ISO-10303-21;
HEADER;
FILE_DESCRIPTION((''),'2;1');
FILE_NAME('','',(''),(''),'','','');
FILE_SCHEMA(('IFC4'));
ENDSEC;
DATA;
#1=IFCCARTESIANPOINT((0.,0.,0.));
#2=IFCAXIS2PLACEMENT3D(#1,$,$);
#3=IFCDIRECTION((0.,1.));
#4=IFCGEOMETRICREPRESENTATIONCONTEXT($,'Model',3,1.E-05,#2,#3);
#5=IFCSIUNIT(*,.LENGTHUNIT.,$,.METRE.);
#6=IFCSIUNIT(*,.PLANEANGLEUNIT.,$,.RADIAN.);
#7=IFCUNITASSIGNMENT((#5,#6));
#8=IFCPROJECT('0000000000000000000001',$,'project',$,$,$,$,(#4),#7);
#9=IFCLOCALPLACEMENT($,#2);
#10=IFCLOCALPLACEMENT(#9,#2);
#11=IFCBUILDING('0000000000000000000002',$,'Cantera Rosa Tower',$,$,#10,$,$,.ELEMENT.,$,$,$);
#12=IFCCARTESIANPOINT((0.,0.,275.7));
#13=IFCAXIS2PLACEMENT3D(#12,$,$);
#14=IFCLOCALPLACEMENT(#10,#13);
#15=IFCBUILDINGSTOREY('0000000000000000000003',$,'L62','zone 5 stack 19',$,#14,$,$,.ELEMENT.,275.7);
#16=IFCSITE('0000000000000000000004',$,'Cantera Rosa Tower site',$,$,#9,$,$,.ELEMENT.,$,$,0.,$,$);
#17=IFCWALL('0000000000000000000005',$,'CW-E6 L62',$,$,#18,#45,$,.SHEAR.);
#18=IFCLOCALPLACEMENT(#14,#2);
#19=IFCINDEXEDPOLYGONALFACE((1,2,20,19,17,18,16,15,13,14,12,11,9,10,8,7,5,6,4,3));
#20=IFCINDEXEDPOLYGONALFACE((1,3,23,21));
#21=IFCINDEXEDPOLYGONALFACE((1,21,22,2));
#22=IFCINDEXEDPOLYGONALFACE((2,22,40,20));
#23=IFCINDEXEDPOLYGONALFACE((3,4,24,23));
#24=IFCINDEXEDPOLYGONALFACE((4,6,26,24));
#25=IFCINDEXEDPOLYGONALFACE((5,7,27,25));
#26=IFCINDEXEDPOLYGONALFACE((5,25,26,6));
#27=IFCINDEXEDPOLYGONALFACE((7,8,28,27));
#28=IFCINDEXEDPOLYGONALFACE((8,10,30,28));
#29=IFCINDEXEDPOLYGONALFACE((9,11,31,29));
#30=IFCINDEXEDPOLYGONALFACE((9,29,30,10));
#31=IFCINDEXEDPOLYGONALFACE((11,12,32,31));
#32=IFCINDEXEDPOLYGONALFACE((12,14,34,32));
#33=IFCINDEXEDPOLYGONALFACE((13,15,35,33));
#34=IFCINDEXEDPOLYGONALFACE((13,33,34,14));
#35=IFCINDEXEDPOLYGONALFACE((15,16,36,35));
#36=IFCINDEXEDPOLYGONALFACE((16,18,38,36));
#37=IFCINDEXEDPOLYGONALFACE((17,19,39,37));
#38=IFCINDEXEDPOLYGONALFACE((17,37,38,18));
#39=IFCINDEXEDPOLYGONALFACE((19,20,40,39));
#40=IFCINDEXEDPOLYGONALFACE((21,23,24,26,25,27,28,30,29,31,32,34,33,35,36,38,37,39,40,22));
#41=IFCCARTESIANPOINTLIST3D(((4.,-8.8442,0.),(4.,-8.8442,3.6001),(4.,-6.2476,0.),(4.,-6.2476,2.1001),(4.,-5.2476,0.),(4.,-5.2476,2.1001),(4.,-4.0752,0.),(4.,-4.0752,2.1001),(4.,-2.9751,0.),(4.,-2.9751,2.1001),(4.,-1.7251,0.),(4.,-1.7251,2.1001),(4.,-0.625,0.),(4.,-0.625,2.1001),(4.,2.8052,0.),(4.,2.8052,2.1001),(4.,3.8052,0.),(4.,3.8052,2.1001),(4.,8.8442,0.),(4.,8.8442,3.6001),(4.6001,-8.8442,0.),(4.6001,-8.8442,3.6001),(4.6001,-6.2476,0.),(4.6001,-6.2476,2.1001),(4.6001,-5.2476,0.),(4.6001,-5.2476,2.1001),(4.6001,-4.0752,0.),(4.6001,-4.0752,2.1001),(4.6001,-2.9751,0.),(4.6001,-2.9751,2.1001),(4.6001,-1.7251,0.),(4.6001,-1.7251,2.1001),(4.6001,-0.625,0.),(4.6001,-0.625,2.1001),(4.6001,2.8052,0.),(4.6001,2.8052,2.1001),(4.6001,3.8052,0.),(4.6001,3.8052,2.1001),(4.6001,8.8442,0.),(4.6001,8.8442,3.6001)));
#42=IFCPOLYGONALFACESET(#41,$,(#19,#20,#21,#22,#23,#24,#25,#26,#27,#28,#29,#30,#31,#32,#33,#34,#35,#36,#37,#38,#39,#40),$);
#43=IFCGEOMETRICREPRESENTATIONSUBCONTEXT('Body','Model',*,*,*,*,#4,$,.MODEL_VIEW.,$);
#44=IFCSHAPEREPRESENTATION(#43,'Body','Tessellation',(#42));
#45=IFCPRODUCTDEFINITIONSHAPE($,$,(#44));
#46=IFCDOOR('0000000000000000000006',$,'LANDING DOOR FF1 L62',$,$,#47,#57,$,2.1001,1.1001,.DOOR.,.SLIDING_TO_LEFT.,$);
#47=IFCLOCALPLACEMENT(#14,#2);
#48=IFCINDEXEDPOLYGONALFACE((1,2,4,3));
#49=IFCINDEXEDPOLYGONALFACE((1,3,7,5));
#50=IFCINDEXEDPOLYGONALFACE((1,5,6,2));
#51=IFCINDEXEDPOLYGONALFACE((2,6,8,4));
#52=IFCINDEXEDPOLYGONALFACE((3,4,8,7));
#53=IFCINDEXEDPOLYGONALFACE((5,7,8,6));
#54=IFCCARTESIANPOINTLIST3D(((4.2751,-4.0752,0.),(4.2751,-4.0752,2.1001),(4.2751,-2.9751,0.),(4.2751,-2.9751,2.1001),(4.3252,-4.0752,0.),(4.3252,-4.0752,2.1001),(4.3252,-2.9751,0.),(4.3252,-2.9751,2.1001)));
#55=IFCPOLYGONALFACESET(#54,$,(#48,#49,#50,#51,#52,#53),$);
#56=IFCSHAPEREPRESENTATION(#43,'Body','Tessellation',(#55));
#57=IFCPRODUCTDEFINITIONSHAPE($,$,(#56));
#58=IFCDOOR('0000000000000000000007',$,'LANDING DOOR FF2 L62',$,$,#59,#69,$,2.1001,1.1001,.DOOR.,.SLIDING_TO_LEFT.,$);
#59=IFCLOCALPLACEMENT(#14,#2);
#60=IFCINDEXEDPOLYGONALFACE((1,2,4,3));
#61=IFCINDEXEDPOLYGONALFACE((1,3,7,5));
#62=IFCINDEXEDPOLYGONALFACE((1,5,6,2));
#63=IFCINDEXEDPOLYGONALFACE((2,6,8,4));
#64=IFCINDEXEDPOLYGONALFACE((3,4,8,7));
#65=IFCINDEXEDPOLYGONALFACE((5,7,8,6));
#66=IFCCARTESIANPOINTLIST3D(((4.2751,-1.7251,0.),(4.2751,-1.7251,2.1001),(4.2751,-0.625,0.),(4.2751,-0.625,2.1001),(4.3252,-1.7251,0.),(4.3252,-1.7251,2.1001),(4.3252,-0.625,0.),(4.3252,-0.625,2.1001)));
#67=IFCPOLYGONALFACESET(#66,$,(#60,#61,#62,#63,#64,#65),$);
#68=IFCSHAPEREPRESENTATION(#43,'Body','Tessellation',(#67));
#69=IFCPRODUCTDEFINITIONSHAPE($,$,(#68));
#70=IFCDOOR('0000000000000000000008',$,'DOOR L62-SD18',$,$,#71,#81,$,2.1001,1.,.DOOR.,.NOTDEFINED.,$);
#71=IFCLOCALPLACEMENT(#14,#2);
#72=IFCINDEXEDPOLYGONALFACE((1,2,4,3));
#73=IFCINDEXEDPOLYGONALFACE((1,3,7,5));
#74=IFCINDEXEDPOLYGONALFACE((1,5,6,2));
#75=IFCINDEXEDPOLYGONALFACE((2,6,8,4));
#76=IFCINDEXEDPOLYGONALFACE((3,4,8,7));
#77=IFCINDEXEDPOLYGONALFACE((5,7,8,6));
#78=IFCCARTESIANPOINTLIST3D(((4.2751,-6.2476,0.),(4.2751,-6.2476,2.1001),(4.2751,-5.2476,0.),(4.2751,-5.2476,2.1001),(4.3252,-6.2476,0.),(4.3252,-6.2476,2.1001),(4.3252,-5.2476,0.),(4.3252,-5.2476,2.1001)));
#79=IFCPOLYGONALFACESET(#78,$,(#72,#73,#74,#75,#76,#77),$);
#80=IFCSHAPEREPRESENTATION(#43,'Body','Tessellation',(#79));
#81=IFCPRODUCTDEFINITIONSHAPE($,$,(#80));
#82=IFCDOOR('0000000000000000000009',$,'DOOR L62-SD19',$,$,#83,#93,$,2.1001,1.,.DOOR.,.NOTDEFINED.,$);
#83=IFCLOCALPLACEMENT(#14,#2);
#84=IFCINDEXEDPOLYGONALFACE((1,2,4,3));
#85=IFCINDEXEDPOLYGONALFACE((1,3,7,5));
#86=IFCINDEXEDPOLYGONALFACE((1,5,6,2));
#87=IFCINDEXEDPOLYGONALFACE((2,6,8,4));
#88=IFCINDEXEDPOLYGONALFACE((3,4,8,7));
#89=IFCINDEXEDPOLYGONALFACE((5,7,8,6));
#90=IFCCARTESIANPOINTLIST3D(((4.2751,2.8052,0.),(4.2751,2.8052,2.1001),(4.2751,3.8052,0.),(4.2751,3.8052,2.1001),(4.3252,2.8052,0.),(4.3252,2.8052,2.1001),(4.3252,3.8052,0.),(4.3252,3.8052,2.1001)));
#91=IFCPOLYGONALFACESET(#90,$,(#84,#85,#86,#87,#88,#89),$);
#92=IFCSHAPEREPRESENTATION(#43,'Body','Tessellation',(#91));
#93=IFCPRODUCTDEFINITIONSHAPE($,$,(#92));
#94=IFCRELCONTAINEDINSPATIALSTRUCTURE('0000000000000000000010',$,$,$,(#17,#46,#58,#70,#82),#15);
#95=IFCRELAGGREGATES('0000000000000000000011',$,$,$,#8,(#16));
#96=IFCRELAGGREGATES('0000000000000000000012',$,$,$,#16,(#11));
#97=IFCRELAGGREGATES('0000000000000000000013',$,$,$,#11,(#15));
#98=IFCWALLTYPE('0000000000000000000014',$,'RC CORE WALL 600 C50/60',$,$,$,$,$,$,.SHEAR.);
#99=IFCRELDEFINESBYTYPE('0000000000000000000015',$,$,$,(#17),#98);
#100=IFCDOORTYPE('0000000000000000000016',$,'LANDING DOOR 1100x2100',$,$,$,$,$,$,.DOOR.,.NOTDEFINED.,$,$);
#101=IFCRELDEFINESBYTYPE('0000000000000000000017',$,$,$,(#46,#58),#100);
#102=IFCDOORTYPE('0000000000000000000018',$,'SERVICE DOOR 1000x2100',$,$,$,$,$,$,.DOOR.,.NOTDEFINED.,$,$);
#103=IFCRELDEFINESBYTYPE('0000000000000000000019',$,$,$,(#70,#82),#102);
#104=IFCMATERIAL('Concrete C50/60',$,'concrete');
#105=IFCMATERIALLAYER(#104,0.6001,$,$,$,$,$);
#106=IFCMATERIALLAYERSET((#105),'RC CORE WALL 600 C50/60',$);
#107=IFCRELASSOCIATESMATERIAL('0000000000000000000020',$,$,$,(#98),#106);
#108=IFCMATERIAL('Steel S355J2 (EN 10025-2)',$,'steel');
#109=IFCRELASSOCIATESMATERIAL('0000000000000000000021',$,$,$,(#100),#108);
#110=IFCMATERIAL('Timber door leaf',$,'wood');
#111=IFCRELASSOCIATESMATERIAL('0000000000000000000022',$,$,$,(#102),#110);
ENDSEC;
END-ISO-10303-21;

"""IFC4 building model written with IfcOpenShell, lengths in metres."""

from ifc_helpers import new_model, si_unit, direction, frame, frame_2d, origin, place, context, subcontext, project, spatial, rectangle, extrude, material, layer, layer_set, type_object, element, fill, save


model = new_model("IFC4")

# Units and contexts
model_context = context("Model", 3, precision=1e-05, world=origin(), true_north=direction((0.0, 1.0)))
body_context = subcontext(model_context, "Body", "Model", "MODEL_VIEW")
ifc_project = project(units=[si_unit("LENGTHUNIT", "METRE"), si_unit("PLANEANGLEUNIT", "RADIAN")], contexts=[model_context])

# Site, building, storey
site_placement = place(None, origin())
site = spatial("IfcSite", under=ifc_project, at=site_placement, Name="Cantera Rosa Tower site", CompositionType="ELEMENT", RefElevation=0.0)
building_placement = place(site_placement, origin())
building = spatial("IfcBuilding", under=site, at=building_placement, Name="Cantera Rosa Tower", CompositionType="ELEMENT")
storey_placement = place(building_placement, frame((0.0, 0.0, 275.7)))
storey = spatial("IfcBuildingStorey", under=building, at=storey_placement, Name="L62", Description="zone 5 stack 19", CompositionType="ELEMENT", Elevation=275.7)

# Wall, openings, doors
ifc_material_1 = material(Name="Concrete C50/60", Category="concrete")
ifc_layer_1 = layer(ifc_material_1, 0.6001)
ifc_layer_set_1 = layer_set([ifc_layer_1], Name="RC CORE WALL 600 C50/60")
wall_type_1 = type_object("IfcWallType", Name="RC CORE WALL 600 C50/60", PredefinedType="SHEAR", material=ifc_layer_set_1)
wall_1_placement = place(storey_placement, frame((4.3, -8.8442, 0.0), z_axis=(0.0, 0.0, 1.0), x_axis=(0.0, 1.0, 0.0)))
wall_1 = element("IfcWall", 1, at=wall_1_placement, inside=storey, type_object=wall_type_1, Name="CW-E6 L62", PredefinedType="SHEAR", context=body_context, shape_type="SweptSolid", body=[
    extrude(rectangle(XDim=17.6885, YDim=0.6001, at=frame_2d((8.8442, 0.0))), origin(), (0.0, 0.0, 1.0), 3.6001),
])
opening_1_placement = place(wall_1_placement, frame((4.769, 0.0, 0.0)))
opening_1 = element("IfcOpeningElement", 2, at=opening_1_placement, cuts=wall_1, PredefinedType="OPENING", context=body_context, shape_type="SweptSolid", body=[
    extrude(rectangle(XDim=1.1001, YDim=2.1001, at=frame_2d((0.55, 1.05))), frame((0.0, 0.3101, 0.0), z_axis=(0.0, -1.0, 0.0), x_axis=(1.0, 0.0, 0.0)), (0.0, 0.0, 1.0), 0.6201),
])
opening_2_placement = place(wall_1_placement, frame((7.1191, 0.0, 0.0)))
opening_2 = element("IfcOpeningElement", 3, at=opening_2_placement, cuts=wall_1, PredefinedType="OPENING", context=body_context, shape_type="SweptSolid", body=[
    extrude(rectangle(XDim=1.1001, YDim=2.1001, at=frame_2d((0.55, 1.05))), frame((0.0, 0.3101, 0.0), z_axis=(0.0, -1.0, 0.0), x_axis=(1.0, 0.0, 0.0)), (0.0, 0.0, 1.0), 0.6201),
])
opening_3_placement = place(wall_1_placement, frame((2.5967, 0.0, 0.0)))
opening_3 = element("IfcOpeningElement", 4, at=opening_3_placement, cuts=wall_1, PredefinedType="OPENING", context=body_context, shape_type="SweptSolid", body=[
    extrude(rectangle(XDim=1.0, YDim=2.1001, at=frame_2d((0.5, 1.05))), frame((0.0, 0.3101, 0.0), z_axis=(0.0, -1.0, 0.0), x_axis=(1.0, 0.0, 0.0)), (0.0, 0.0, 1.0), 0.6201),
])
opening_4_placement = place(wall_1_placement, frame((11.6494, 0.0, 0.0)))
opening_4 = element("IfcOpeningElement", 5, at=opening_4_placement, cuts=wall_1, PredefinedType="OPENING", context=body_context, shape_type="SweptSolid", body=[
    extrude(rectangle(XDim=1.0, YDim=2.1001, at=frame_2d((0.5, 1.05))), frame((0.0, 0.3101, 0.0), z_axis=(0.0, -1.0, 0.0), x_axis=(1.0, 0.0, 0.0)), (0.0, 0.0, 1.0), 0.6201),
])
ifc_material_2 = material(Name="Steel S355J2 (EN 10025-2)", Category="steel")
door_type_1 = type_object("IfcDoorType", Name="LANDING DOOR 1100x2100", OperationType="NOTDEFINED", PredefinedType="DOOR", material=ifc_material_2)
door_1_placement = place(opening_1_placement, origin())
door_1 = element("IfcDoor", 6, at=door_1_placement, inside=storey, type_object=door_type_1, Name="LANDING DOOR FF1 L62", OperationType="SLIDING_TO_LEFT", OverallHeight=2.1001, OverallWidth=1.1001, PredefinedType="DOOR", context=body_context, shape_type="SweptSolid", body=[
    extrude(rectangle(XDim=1.1001, YDim=2.1001, at=frame_2d((0.55, 1.05))), frame((0.0, 0.0249, 0.0), z_axis=(0.0, -1.0, 0.0), x_axis=(1.0, 0.0, 0.0)), (0.0, 0.0, 1.0), 0.05),
])
fill(opening_1, door_1)
door_2_placement = place(opening_2_placement, origin())
door_2 = element("IfcDoor", 7, at=door_2_placement, inside=storey, type_object=door_type_1, Name="LANDING DOOR FF2 L62", OperationType="SLIDING_TO_LEFT", OverallHeight=2.1001, OverallWidth=1.1001, PredefinedType="DOOR", context=body_context, shape_type="SweptSolid", body=[
    extrude(rectangle(XDim=1.1001, YDim=2.1001, at=frame_2d((0.55, 1.05))), frame((0.0, 0.0249, 0.0), z_axis=(0.0, -1.0, 0.0), x_axis=(1.0, 0.0, 0.0)), (0.0, 0.0, 1.0), 0.05),
])
fill(opening_2, door_2)
ifc_material_3 = material(Name="Timber door leaf", Category="wood")
door_type_2 = type_object("IfcDoorType", Name="SERVICE DOOR 1000x2100", OperationType="NOTDEFINED", PredefinedType="DOOR", material=ifc_material_3)
door_3_placement = place(opening_3_placement, origin())
door_3 = element("IfcDoor", 8, at=door_3_placement, inside=storey, type_object=door_type_2, Name="DOOR L62-SD18", OperationType="NOTDEFINED", OverallHeight=2.1001, OverallWidth=1.0, PredefinedType="DOOR", context=body_context, shape_type="SweptSolid", body=[
    extrude(rectangle(XDim=1.0, YDim=2.1001, at=frame_2d((0.5, 1.05))), frame((0.0, 0.0249, 0.0), z_axis=(0.0, -1.0, 0.0), x_axis=(1.0, 0.0, 0.0)), (0.0, 0.0, 1.0), 0.05),
])
fill(opening_3, door_3)
door_4_placement = place(opening_4_placement, origin())
door_4 = element("IfcDoor", 9, at=door_4_placement, inside=storey, type_object=door_type_2, Name="DOOR L62-SD19", OperationType="NOTDEFINED", OverallHeight=2.1001, OverallWidth=1.0, PredefinedType="DOOR", context=body_context, shape_type="SweptSolid", body=[
    extrude(rectangle(XDim=1.0, YDim=2.1001, at=frame_2d((0.5, 1.05))), frame((0.0, 0.0249, 0.0), z_axis=(0.0, -1.0, 0.0), x_axis=(1.0, 0.0, 0.0)), (0.0, 0.0, 1.0), 0.05),
])
fill(opening_4, door_4)

save(model, "model.ifc")
